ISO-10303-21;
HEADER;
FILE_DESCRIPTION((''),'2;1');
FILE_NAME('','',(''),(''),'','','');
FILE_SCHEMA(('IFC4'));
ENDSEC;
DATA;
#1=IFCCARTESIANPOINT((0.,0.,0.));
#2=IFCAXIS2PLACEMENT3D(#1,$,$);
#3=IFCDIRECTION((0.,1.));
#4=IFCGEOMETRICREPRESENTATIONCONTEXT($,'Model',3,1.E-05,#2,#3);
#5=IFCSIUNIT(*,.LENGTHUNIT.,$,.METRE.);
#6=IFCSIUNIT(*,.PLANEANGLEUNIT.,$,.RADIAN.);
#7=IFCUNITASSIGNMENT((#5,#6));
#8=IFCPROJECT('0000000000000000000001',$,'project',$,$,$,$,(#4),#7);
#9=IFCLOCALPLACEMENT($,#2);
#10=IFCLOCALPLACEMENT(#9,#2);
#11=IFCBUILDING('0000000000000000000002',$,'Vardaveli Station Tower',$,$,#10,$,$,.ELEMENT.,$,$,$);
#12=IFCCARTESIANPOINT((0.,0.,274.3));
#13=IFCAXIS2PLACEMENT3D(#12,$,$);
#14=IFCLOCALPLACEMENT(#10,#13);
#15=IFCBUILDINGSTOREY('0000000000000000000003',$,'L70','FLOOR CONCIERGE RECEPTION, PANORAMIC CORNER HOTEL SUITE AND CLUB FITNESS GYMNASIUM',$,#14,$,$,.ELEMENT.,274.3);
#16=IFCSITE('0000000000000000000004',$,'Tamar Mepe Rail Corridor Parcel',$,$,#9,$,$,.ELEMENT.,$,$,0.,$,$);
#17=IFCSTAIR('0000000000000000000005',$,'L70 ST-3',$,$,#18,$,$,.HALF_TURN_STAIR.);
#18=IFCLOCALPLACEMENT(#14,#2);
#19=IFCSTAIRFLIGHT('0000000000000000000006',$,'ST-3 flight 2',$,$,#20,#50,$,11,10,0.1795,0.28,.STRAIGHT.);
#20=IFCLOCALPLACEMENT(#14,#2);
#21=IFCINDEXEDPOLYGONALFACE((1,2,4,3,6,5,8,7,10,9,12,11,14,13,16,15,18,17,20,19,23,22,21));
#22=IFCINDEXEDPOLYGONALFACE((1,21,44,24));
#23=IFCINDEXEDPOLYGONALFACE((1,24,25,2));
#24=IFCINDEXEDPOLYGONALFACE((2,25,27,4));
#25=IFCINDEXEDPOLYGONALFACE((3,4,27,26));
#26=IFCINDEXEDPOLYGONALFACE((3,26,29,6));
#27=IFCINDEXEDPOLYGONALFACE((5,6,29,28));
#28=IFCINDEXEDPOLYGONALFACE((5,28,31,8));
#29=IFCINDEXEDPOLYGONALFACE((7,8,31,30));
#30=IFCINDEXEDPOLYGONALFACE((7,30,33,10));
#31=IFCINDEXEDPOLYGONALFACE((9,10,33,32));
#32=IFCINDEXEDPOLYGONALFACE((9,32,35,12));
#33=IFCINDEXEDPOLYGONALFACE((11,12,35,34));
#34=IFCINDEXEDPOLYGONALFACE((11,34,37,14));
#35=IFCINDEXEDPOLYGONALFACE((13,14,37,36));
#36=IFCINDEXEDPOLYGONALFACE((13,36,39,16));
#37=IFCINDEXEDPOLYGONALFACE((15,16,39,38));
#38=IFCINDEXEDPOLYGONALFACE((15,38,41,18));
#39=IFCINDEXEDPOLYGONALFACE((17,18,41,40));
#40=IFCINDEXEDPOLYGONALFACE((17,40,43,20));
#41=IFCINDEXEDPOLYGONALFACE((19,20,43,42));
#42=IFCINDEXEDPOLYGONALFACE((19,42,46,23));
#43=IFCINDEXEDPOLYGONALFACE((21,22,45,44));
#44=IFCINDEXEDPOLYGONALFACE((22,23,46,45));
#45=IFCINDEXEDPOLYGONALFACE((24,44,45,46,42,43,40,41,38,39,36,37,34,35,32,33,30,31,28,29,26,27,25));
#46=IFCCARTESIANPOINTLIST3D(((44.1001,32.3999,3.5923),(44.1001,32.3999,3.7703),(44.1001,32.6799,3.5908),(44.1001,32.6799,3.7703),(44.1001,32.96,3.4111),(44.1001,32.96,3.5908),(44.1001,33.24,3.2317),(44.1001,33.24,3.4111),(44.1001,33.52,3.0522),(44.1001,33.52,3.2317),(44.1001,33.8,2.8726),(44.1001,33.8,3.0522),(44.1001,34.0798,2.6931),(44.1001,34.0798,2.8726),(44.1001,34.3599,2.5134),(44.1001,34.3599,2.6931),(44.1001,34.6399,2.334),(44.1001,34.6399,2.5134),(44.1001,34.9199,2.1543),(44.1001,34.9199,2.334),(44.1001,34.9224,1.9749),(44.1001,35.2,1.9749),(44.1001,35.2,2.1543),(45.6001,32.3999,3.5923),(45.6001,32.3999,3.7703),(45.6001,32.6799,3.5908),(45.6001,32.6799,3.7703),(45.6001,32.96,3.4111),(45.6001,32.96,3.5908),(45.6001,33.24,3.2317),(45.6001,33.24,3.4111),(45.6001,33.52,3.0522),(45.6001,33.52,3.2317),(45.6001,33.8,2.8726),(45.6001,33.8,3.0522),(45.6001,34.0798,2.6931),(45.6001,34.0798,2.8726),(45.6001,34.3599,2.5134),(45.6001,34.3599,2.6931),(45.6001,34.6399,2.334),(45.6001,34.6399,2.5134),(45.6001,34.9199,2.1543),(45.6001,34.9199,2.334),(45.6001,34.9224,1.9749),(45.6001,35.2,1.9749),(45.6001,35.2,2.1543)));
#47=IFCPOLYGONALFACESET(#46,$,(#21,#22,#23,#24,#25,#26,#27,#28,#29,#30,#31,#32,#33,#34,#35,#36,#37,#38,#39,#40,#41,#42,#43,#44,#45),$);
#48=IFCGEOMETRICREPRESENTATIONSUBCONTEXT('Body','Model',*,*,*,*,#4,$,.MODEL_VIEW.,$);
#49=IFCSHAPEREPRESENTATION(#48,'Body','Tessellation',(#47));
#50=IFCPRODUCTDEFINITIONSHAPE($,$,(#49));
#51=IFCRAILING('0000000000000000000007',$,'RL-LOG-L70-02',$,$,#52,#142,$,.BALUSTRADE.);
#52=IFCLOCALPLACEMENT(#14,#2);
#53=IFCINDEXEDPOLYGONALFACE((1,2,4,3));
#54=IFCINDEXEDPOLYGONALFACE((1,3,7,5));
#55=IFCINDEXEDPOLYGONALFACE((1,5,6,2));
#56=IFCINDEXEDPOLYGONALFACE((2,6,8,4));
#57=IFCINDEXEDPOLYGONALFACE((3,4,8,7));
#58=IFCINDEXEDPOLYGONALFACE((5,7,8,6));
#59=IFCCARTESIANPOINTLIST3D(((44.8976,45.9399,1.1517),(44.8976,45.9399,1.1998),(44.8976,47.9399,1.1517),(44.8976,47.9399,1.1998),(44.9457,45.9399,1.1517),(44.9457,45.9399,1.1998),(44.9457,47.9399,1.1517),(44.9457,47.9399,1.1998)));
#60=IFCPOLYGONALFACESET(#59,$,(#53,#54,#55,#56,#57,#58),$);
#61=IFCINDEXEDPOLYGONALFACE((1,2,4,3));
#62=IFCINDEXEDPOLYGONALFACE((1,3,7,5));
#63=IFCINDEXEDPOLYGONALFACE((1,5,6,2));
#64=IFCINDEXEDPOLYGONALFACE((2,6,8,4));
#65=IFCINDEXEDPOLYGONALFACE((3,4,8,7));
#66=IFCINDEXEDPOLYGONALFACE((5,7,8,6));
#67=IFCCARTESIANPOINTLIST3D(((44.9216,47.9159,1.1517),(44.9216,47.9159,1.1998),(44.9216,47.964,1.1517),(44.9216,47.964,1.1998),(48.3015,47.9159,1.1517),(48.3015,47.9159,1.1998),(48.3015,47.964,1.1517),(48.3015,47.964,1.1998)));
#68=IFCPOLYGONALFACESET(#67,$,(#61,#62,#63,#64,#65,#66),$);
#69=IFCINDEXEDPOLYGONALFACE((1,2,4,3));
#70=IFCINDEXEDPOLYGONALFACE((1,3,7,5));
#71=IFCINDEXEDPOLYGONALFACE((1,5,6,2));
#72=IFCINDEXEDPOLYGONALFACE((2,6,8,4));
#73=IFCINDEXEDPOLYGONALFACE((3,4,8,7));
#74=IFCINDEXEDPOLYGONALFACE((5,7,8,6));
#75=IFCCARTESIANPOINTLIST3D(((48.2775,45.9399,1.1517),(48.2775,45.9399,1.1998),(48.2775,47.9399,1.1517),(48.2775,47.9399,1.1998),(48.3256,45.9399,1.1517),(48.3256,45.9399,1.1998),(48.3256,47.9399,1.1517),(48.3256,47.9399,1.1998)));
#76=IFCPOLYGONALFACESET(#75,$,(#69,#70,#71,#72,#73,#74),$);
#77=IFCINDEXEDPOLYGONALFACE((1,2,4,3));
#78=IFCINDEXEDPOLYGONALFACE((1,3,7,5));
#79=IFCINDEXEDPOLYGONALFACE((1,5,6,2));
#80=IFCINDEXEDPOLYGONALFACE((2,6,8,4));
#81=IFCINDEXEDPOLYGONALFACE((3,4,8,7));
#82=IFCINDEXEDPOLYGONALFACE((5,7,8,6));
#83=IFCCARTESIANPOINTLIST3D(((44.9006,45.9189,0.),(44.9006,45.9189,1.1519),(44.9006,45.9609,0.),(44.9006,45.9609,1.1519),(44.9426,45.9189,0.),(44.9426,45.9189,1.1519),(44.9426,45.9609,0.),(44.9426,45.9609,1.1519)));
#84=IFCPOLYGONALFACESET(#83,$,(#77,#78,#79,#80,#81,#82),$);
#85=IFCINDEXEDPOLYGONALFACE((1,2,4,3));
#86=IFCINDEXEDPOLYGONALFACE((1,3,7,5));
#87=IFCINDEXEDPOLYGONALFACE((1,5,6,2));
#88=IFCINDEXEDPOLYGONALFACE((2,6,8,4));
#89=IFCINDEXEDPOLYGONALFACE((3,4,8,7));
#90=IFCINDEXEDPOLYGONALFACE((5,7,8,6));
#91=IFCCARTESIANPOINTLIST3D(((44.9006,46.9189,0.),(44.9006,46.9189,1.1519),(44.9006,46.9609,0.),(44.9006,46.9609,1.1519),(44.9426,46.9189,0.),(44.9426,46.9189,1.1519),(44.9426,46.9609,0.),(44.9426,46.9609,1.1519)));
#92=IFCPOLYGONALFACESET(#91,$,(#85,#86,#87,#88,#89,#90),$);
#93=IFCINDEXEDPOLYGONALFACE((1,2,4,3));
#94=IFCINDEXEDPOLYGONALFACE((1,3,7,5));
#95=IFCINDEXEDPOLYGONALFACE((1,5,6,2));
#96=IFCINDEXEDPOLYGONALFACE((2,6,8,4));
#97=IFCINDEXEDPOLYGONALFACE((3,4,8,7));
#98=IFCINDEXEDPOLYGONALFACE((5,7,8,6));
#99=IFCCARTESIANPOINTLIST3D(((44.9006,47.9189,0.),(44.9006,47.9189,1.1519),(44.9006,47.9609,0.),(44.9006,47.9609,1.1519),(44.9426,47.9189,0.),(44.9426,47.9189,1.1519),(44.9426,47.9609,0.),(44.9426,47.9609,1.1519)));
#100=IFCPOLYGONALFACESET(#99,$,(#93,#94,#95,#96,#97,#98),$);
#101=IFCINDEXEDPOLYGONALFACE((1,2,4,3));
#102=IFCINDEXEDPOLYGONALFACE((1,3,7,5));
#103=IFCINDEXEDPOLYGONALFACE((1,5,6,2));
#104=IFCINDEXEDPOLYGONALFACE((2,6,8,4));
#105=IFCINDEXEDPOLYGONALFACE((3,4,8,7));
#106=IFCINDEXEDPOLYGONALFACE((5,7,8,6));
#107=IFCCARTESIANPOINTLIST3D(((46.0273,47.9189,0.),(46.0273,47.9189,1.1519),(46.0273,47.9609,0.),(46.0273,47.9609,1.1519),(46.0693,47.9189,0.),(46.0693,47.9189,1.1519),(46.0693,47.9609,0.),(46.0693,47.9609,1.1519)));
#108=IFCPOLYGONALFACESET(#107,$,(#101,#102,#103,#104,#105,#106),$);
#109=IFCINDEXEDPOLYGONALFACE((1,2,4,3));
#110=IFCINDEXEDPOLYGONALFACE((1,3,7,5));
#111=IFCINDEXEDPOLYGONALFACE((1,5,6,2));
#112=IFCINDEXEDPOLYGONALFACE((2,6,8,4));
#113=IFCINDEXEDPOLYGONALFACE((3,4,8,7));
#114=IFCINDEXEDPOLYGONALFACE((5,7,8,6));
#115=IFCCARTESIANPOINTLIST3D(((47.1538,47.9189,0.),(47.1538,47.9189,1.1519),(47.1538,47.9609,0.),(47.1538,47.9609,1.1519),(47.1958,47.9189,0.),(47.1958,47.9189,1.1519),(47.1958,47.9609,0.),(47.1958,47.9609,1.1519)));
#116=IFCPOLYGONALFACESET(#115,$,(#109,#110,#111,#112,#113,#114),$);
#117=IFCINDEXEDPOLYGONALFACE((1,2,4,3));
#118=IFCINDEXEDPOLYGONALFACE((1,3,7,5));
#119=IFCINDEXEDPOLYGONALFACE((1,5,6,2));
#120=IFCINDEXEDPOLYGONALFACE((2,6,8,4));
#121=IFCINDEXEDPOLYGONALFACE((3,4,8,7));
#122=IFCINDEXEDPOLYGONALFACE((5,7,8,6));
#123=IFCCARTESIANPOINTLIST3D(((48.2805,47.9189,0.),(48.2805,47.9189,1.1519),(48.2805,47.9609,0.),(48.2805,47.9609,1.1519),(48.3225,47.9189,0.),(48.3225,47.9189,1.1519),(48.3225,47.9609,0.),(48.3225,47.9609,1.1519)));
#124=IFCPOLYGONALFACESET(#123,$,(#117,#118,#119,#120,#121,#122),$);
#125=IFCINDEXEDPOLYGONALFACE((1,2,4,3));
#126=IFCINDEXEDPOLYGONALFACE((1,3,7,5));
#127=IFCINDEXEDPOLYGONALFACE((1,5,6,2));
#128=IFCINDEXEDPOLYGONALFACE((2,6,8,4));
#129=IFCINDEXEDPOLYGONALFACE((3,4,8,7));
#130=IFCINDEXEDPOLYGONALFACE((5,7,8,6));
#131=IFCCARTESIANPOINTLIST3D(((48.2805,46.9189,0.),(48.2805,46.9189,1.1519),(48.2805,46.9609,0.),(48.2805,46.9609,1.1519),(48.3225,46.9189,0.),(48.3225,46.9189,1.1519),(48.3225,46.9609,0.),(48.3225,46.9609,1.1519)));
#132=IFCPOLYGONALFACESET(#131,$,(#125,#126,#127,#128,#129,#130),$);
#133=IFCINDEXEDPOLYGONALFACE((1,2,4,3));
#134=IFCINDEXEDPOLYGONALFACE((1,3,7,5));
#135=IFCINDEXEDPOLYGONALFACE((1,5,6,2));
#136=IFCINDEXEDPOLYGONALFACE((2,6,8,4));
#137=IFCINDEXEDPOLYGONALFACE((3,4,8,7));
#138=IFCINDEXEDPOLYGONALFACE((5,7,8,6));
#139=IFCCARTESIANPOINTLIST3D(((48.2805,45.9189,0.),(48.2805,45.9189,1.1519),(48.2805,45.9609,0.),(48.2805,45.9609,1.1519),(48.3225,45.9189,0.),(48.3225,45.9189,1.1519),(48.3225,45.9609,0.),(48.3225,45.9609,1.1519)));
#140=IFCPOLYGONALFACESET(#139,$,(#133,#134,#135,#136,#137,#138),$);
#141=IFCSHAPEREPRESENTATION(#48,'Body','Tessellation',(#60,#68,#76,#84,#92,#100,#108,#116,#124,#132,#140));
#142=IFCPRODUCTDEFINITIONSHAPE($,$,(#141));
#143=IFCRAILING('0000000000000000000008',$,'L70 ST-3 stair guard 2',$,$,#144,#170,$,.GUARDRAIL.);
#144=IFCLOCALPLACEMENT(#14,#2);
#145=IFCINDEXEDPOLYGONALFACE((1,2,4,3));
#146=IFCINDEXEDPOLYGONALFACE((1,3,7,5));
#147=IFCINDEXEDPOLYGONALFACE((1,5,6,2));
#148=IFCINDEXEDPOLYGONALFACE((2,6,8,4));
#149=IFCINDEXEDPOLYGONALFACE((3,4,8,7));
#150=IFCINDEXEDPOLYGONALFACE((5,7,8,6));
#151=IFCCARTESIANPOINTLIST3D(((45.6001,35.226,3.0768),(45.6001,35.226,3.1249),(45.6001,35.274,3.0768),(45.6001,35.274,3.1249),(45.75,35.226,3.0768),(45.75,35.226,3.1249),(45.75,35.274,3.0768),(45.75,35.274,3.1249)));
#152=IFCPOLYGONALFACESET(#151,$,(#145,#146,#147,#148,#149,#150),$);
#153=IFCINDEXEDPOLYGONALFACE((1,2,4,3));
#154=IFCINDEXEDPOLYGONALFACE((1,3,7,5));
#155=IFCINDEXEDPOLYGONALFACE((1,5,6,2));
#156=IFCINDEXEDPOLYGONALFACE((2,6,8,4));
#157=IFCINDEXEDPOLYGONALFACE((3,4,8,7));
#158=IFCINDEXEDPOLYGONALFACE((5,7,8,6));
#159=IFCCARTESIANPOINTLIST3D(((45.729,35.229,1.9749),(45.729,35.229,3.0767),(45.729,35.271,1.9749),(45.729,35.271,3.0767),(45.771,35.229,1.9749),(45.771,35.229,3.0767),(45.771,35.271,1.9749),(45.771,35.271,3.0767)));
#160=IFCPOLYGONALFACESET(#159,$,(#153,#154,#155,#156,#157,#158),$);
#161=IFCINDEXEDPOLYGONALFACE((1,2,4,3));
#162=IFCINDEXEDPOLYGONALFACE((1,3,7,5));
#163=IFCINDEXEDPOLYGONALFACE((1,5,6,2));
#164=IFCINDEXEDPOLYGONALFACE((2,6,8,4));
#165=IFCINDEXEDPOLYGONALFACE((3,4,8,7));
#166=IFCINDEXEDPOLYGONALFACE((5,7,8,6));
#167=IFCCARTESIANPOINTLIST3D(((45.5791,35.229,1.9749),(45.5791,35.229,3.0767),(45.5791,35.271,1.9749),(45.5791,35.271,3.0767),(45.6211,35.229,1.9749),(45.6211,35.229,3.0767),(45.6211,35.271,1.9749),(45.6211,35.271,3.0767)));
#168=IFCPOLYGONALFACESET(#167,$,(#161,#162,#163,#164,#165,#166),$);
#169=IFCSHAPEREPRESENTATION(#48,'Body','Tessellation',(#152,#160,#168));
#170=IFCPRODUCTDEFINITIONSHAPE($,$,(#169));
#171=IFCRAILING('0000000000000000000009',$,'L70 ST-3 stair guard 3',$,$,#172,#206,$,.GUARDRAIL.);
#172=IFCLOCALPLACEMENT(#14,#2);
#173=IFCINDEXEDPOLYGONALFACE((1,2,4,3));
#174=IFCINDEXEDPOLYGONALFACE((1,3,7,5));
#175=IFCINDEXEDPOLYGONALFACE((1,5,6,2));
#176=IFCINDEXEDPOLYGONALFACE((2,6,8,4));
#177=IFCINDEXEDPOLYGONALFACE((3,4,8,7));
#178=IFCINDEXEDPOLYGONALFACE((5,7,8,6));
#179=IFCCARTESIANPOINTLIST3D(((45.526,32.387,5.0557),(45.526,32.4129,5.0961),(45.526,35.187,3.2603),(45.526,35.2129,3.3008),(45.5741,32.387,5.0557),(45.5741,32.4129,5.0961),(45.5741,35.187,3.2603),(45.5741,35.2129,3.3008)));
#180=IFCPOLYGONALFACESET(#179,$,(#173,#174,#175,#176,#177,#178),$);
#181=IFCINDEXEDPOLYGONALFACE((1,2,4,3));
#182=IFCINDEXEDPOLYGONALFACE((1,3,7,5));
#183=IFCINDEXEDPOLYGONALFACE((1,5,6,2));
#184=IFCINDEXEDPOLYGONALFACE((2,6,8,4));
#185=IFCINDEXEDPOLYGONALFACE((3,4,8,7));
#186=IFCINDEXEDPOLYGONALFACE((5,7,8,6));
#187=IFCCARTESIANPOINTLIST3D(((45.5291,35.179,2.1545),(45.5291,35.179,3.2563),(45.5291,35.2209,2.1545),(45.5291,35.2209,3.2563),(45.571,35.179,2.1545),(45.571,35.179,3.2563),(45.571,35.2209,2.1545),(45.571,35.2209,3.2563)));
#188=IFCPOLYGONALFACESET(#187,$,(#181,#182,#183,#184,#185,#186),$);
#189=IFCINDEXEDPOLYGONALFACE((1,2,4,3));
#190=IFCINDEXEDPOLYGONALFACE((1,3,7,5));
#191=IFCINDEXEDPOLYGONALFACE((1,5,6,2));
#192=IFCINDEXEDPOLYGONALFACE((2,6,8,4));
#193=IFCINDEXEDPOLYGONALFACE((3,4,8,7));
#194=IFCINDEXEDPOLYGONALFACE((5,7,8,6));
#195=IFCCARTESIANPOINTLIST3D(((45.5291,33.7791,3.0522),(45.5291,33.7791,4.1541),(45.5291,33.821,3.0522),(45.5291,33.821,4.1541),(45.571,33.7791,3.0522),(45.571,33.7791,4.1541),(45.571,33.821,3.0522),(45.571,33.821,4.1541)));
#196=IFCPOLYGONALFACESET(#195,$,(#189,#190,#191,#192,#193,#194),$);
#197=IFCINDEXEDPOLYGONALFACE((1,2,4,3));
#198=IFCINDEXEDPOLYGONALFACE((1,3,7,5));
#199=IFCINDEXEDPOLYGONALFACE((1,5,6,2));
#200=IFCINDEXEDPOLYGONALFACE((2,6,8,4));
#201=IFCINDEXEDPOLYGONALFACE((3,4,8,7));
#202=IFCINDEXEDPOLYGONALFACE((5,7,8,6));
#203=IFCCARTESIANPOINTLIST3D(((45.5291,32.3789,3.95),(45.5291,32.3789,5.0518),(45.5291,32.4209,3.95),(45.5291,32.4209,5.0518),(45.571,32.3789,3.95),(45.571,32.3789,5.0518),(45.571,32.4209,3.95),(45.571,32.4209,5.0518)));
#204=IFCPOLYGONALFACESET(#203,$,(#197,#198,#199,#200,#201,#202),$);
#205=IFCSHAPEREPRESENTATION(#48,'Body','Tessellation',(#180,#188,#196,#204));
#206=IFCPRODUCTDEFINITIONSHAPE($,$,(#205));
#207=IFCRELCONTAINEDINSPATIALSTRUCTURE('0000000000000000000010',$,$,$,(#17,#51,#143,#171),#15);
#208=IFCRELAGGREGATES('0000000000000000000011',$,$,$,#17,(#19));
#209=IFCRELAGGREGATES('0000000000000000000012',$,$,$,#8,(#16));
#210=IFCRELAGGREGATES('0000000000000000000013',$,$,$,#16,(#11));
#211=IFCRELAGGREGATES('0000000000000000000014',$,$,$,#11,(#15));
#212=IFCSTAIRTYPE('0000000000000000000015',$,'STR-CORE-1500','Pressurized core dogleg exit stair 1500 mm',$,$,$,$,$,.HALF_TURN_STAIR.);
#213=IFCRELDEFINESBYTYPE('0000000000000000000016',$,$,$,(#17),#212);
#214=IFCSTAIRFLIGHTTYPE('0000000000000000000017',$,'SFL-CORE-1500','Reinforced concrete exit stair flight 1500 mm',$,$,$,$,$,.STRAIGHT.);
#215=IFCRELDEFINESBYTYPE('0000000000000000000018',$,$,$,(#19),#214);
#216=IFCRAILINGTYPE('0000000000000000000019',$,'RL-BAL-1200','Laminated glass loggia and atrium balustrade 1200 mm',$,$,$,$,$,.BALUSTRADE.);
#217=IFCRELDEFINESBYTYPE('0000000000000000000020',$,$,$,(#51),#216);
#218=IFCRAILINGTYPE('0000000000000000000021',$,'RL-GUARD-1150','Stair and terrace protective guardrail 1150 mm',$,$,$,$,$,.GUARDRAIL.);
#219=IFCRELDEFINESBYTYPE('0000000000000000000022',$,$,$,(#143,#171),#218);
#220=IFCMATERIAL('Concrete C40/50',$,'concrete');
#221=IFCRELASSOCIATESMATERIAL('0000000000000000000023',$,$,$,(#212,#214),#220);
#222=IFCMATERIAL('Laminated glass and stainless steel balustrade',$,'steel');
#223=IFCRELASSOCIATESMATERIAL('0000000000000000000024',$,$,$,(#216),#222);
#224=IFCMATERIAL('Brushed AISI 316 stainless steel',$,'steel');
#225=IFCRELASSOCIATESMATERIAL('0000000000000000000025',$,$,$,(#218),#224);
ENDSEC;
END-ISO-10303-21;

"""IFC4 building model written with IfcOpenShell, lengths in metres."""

from ifc_helpers import new_model, si_unit, direction, frame, origin, origin_2d, place, context, subcontext, project, spatial, polyline, rectangle, outline, extrude, source, transform, mapped, material, type_object, element, aggregate, save


model = new_model("IFC4")

# Units and contexts
model_context = context("Model", 3, precision=1e-05, world=origin(), true_north=direction((0.0, 1.0)))
body_context = subcontext(model_context, "Body", "Model", "MODEL_VIEW")
ifc_project = project(units=[si_unit("LENGTHUNIT", "METRE"), si_unit("PLANEANGLEUNIT", "RADIAN")], contexts=[model_context])

# Site, building, storey
site_placement = place(None, origin())
site = spatial("IfcSite", under=ifc_project, at=site_placement, Name="Tamar Mepe Rail Corridor Parcel", CompositionType="ELEMENT", RefElevation=0.0)
building_placement = place(site_placement, origin())
building = spatial("IfcBuilding", under=site, at=building_placement, Name="Vardaveli Station Tower", CompositionType="ELEMENT")
storey_placement = place(building_placement, frame((0.0, 0.0, 274.3)))
storey = spatial("IfcBuildingStorey", under=building, at=storey_placement, Name="L70", Description="FLOOR CONCIERGE RECEPTION, PANORAMIC CORNER HOTEL SUITE AND CLUB FITNESS GYMNASIUM", CompositionType="ELEMENT", Elevation=274.3)

# Shared definitions
ifc_material_1 = material(Name="Concrete C40/50", Category="concrete")

# Stair, stair flight
stair_type = type_object("IfcStairType", Name="STR-CORE-1500", Description="Pressurized core dogleg exit stair 1500 mm", PredefinedType="HALF_TURN_STAIR", material=ifc_material_1)
stair_placement = place(storey_placement, origin())
stair = element("IfcStair", 1, at=stair_placement, inside=storey, type_object=stair_type, Name="L70 ST-3", PredefinedType="HALF_TURN_STAIR")
stair_flight_type = type_object("IfcStairFlightType", Name="SFL-CORE-1500", Description="Reinforced concrete exit stair flight 1500 mm", PredefinedType="STRAIGHT", material=ifc_material_1)
shared_shape_1 = source(origin(), body_context, "Body", "SweptSolid", [
    extrude(outline(polyline([(0.0, 0.0), (0.0, 0.1794), (0.28, 0.1794), (0.28, 0.3591), (0.5601, 0.3591), (0.5601, 0.5386), (0.8401, 0.5386), (0.8401, 0.7183), (1.1201, 0.7183), (1.1201, 0.8977), (1.3999, 0.8977), (1.3999, 1.0774), (1.6799, 1.0774), (1.6799, 1.2568), (1.96, 1.2568), (1.96, 1.4363), (2.24, 1.4363), (2.24, 1.616), (2.52, 1.616), (2.52, 1.7954), (2.8, 1.7954), (2.8, 1.9751), (2.8, 1.6174), (0.2776, 0.0), (0.0, 0.0)])), frame((0.0, 0.75, 0.0), z_axis=(0.0, -1.0, 0.0), x_axis=(1.0, 0.0, 0.0)), (0.0, 0.0, 1.0), 1.5),
])
stair_flight_placement = place(storey_placement, frame((44.8501, 35.2, 1.9749), z_axis=(0.0, 0.0, 1.0), x_axis=(0.0, -1.0, 0.0)))
stair_flight = element("IfcStairFlight", 2, at=stair_flight_placement, type_object=stair_flight_type, Name="ST-3 flight 2", NumberOfRisers=11, NumberOfTreads=10, PredefinedType="STRAIGHT", RiserHeight=0.1795, TreadLength=0.28, context=body_context, shape_type="MappedRepresentation", body=[
    mapped(shared_shape_1, transform((0.0, 0.0, 0.0), scale=1.0)),
])
aggregate(stair, [stair_flight])

# Railings
ifc_material_2 = material(Name="Laminated glass and stainless steel balustrade", Category="steel")
railing_type_1 = type_object("IfcRailingType", Name="RL-BAL-1200", Description="Laminated glass loggia and atrium balustrade 1200 mm", PredefinedType="BALUSTRADE", material=ifc_material_2)
shared_shape_2 = source(origin(), body_context, "Body", "SweptSolid", [
    extrude(rectangle(XDim=0.0481, YDim=0.0481, at=origin_2d()), frame((0.0, 0.0, 1.1758), z_axis=(0.0, 1.0, 0.0), x_axis=(-1.0, 0.0, 0.0)), (0.0, 0.0, 1.0), 2.0),
    extrude(rectangle(XDim=0.0481, YDim=0.0481, at=origin_2d()), frame((0.0, 2.0, 1.1758), z_axis=(1.0, 0.0, 0.0), x_axis=(0.0, 1.0, 0.0)), (0.0, 0.0, 1.0), 3.3799),
    extrude(rectangle(XDim=0.0481, YDim=0.0481, at=origin_2d()), frame((3.3799, 2.0, 1.1758), z_axis=(0.0, -1.0, 0.0), x_axis=(1.0, 0.0, 0.0)), (0.0, 0.0, 1.0), 2.0),
    extrude(rectangle(XDim=0.042, YDim=0.042, at=origin_2d()), origin(), (0.0, 0.0, 1.0), 1.1519),
    extrude(rectangle(XDim=0.042, YDim=0.042, at=origin_2d()), frame((0.0, 1.0, 0.0)), (0.0, 0.0, 1.0), 1.1519),
    extrude(rectangle(XDim=0.042, YDim=0.042, at=origin_2d()), frame((0.0, 2.0, 0.0)), (0.0, 0.0, 1.0), 1.1519),
    extrude(rectangle(XDim=0.042, YDim=0.042, at=origin_2d()), frame((1.1267, 2.0, 0.0)), (0.0, 0.0, 1.0), 1.1519),
    extrude(rectangle(XDim=0.042, YDim=0.042, at=origin_2d()), frame((2.2532, 2.0, 0.0)), (0.0, 0.0, 1.0), 1.1519),
    extrude(rectangle(XDim=0.042, YDim=0.042, at=origin_2d()), frame((3.3799, 2.0, 0.0)), (0.0, 0.0, 1.0), 1.1519),
    extrude(rectangle(XDim=0.042, YDim=0.042, at=origin_2d()), frame((3.3799, 1.0, 0.0)), (0.0, 0.0, 1.0), 1.1519),
    extrude(rectangle(XDim=0.042, YDim=0.042, at=origin_2d()), frame((3.3799, 0.0, 0.0)), (0.0, 0.0, 1.0), 1.1519),
])
railing_1_placement = place(storey_placement, frame((44.9216, 45.9399, 0.0)))
element("IfcRailing", 3, at=railing_1_placement, inside=storey, type_object=railing_type_1, Name="RL-LOG-L70-02", PredefinedType="BALUSTRADE", context=body_context, shape_type="MappedRepresentation", body=[
    mapped(shared_shape_2, transform((0.0, 0.0, 0.0), scale=1.0)),
])
ifc_material_3 = material(Name="Brushed AISI 316 stainless steel", Category="steel")
railing_type_2 = type_object("IfcRailingType", Name="RL-GUARD-1150", Description="Stair and terrace protective guardrail 1150 mm", PredefinedType="GUARDRAIL", material=ifc_material_3)
shared_shape_3 = source(origin(), body_context, "Body", "SweptSolid", [
    extrude(rectangle(XDim=0.0481, YDim=0.0481, at=origin_2d()), frame((0.0, 0.0, 1.126), z_axis=(-1.0, 0.0, 0.0), x_axis=(0.0, -1.0, 0.0)), (0.0, 0.0, 1.0), 0.1499),
    extrude(rectangle(XDim=0.042, YDim=0.042, at=origin_2d()), origin(), (0.0, 0.0, 1.0), 1.1018),
    extrude(rectangle(XDim=0.042, YDim=0.042, at=origin_2d()), frame((-0.1499, 0.0, 0.0)), (0.0, 0.0, 1.0), 1.1018),
])
railing_2_placement = place(storey_placement, frame((45.75, 35.25, 1.9749)))
element("IfcRailing", 4, at=railing_2_placement, inside=storey, type_object=railing_type_2, Name="L70 ST-3 stair guard 2", PredefinedType="GUARDRAIL", context=body_context, shape_type="MappedRepresentation", body=[
    mapped(shared_shape_3, transform((0.0, 0.0, 0.0), scale=1.0)),
])
shared_shape_4 = source(origin(), body_context, "Body", "SweptSolid", [
    extrude(rectangle(XDim=0.0481, YDim=0.0481, at=origin_2d()), frame((0.0, 0.0, 1.126), z_axis=(0.0, -0.84181, 0.539774), x_axis=(1.0, 0.0, 0.0)), (0.0, 0.0, 1.0), 3.3262),
    extrude(rectangle(XDim=0.042, YDim=0.042, at=origin_2d()), origin(), (0.0, 0.0, 1.0), 1.1018),
    extrude(rectangle(XDim=0.042, YDim=0.042, at=origin_2d()), frame((0.0, -1.3999, 0.8977)), (0.0, 0.0, 1.0), 1.1018),
    extrude(rectangle(XDim=0.042, YDim=0.042, at=origin_2d()), frame((0.0, -2.8, 1.7954)), (0.0, 0.0, 1.0), 1.1018),
])
railing_3_placement = place(storey_placement, frame((45.55, 35.2, 2.1545)))
element("IfcRailing", 5, at=railing_3_placement, inside=storey, type_object=railing_type_2, Name="L70 ST-3 stair guard 3", PredefinedType="GUARDRAIL", context=body_context, shape_type="MappedRepresentation", body=[
    mapped(shared_shape_4, transform((0.0, 0.0, 0.0), scale=1.0)),
])

save(model, "model.ifc")
